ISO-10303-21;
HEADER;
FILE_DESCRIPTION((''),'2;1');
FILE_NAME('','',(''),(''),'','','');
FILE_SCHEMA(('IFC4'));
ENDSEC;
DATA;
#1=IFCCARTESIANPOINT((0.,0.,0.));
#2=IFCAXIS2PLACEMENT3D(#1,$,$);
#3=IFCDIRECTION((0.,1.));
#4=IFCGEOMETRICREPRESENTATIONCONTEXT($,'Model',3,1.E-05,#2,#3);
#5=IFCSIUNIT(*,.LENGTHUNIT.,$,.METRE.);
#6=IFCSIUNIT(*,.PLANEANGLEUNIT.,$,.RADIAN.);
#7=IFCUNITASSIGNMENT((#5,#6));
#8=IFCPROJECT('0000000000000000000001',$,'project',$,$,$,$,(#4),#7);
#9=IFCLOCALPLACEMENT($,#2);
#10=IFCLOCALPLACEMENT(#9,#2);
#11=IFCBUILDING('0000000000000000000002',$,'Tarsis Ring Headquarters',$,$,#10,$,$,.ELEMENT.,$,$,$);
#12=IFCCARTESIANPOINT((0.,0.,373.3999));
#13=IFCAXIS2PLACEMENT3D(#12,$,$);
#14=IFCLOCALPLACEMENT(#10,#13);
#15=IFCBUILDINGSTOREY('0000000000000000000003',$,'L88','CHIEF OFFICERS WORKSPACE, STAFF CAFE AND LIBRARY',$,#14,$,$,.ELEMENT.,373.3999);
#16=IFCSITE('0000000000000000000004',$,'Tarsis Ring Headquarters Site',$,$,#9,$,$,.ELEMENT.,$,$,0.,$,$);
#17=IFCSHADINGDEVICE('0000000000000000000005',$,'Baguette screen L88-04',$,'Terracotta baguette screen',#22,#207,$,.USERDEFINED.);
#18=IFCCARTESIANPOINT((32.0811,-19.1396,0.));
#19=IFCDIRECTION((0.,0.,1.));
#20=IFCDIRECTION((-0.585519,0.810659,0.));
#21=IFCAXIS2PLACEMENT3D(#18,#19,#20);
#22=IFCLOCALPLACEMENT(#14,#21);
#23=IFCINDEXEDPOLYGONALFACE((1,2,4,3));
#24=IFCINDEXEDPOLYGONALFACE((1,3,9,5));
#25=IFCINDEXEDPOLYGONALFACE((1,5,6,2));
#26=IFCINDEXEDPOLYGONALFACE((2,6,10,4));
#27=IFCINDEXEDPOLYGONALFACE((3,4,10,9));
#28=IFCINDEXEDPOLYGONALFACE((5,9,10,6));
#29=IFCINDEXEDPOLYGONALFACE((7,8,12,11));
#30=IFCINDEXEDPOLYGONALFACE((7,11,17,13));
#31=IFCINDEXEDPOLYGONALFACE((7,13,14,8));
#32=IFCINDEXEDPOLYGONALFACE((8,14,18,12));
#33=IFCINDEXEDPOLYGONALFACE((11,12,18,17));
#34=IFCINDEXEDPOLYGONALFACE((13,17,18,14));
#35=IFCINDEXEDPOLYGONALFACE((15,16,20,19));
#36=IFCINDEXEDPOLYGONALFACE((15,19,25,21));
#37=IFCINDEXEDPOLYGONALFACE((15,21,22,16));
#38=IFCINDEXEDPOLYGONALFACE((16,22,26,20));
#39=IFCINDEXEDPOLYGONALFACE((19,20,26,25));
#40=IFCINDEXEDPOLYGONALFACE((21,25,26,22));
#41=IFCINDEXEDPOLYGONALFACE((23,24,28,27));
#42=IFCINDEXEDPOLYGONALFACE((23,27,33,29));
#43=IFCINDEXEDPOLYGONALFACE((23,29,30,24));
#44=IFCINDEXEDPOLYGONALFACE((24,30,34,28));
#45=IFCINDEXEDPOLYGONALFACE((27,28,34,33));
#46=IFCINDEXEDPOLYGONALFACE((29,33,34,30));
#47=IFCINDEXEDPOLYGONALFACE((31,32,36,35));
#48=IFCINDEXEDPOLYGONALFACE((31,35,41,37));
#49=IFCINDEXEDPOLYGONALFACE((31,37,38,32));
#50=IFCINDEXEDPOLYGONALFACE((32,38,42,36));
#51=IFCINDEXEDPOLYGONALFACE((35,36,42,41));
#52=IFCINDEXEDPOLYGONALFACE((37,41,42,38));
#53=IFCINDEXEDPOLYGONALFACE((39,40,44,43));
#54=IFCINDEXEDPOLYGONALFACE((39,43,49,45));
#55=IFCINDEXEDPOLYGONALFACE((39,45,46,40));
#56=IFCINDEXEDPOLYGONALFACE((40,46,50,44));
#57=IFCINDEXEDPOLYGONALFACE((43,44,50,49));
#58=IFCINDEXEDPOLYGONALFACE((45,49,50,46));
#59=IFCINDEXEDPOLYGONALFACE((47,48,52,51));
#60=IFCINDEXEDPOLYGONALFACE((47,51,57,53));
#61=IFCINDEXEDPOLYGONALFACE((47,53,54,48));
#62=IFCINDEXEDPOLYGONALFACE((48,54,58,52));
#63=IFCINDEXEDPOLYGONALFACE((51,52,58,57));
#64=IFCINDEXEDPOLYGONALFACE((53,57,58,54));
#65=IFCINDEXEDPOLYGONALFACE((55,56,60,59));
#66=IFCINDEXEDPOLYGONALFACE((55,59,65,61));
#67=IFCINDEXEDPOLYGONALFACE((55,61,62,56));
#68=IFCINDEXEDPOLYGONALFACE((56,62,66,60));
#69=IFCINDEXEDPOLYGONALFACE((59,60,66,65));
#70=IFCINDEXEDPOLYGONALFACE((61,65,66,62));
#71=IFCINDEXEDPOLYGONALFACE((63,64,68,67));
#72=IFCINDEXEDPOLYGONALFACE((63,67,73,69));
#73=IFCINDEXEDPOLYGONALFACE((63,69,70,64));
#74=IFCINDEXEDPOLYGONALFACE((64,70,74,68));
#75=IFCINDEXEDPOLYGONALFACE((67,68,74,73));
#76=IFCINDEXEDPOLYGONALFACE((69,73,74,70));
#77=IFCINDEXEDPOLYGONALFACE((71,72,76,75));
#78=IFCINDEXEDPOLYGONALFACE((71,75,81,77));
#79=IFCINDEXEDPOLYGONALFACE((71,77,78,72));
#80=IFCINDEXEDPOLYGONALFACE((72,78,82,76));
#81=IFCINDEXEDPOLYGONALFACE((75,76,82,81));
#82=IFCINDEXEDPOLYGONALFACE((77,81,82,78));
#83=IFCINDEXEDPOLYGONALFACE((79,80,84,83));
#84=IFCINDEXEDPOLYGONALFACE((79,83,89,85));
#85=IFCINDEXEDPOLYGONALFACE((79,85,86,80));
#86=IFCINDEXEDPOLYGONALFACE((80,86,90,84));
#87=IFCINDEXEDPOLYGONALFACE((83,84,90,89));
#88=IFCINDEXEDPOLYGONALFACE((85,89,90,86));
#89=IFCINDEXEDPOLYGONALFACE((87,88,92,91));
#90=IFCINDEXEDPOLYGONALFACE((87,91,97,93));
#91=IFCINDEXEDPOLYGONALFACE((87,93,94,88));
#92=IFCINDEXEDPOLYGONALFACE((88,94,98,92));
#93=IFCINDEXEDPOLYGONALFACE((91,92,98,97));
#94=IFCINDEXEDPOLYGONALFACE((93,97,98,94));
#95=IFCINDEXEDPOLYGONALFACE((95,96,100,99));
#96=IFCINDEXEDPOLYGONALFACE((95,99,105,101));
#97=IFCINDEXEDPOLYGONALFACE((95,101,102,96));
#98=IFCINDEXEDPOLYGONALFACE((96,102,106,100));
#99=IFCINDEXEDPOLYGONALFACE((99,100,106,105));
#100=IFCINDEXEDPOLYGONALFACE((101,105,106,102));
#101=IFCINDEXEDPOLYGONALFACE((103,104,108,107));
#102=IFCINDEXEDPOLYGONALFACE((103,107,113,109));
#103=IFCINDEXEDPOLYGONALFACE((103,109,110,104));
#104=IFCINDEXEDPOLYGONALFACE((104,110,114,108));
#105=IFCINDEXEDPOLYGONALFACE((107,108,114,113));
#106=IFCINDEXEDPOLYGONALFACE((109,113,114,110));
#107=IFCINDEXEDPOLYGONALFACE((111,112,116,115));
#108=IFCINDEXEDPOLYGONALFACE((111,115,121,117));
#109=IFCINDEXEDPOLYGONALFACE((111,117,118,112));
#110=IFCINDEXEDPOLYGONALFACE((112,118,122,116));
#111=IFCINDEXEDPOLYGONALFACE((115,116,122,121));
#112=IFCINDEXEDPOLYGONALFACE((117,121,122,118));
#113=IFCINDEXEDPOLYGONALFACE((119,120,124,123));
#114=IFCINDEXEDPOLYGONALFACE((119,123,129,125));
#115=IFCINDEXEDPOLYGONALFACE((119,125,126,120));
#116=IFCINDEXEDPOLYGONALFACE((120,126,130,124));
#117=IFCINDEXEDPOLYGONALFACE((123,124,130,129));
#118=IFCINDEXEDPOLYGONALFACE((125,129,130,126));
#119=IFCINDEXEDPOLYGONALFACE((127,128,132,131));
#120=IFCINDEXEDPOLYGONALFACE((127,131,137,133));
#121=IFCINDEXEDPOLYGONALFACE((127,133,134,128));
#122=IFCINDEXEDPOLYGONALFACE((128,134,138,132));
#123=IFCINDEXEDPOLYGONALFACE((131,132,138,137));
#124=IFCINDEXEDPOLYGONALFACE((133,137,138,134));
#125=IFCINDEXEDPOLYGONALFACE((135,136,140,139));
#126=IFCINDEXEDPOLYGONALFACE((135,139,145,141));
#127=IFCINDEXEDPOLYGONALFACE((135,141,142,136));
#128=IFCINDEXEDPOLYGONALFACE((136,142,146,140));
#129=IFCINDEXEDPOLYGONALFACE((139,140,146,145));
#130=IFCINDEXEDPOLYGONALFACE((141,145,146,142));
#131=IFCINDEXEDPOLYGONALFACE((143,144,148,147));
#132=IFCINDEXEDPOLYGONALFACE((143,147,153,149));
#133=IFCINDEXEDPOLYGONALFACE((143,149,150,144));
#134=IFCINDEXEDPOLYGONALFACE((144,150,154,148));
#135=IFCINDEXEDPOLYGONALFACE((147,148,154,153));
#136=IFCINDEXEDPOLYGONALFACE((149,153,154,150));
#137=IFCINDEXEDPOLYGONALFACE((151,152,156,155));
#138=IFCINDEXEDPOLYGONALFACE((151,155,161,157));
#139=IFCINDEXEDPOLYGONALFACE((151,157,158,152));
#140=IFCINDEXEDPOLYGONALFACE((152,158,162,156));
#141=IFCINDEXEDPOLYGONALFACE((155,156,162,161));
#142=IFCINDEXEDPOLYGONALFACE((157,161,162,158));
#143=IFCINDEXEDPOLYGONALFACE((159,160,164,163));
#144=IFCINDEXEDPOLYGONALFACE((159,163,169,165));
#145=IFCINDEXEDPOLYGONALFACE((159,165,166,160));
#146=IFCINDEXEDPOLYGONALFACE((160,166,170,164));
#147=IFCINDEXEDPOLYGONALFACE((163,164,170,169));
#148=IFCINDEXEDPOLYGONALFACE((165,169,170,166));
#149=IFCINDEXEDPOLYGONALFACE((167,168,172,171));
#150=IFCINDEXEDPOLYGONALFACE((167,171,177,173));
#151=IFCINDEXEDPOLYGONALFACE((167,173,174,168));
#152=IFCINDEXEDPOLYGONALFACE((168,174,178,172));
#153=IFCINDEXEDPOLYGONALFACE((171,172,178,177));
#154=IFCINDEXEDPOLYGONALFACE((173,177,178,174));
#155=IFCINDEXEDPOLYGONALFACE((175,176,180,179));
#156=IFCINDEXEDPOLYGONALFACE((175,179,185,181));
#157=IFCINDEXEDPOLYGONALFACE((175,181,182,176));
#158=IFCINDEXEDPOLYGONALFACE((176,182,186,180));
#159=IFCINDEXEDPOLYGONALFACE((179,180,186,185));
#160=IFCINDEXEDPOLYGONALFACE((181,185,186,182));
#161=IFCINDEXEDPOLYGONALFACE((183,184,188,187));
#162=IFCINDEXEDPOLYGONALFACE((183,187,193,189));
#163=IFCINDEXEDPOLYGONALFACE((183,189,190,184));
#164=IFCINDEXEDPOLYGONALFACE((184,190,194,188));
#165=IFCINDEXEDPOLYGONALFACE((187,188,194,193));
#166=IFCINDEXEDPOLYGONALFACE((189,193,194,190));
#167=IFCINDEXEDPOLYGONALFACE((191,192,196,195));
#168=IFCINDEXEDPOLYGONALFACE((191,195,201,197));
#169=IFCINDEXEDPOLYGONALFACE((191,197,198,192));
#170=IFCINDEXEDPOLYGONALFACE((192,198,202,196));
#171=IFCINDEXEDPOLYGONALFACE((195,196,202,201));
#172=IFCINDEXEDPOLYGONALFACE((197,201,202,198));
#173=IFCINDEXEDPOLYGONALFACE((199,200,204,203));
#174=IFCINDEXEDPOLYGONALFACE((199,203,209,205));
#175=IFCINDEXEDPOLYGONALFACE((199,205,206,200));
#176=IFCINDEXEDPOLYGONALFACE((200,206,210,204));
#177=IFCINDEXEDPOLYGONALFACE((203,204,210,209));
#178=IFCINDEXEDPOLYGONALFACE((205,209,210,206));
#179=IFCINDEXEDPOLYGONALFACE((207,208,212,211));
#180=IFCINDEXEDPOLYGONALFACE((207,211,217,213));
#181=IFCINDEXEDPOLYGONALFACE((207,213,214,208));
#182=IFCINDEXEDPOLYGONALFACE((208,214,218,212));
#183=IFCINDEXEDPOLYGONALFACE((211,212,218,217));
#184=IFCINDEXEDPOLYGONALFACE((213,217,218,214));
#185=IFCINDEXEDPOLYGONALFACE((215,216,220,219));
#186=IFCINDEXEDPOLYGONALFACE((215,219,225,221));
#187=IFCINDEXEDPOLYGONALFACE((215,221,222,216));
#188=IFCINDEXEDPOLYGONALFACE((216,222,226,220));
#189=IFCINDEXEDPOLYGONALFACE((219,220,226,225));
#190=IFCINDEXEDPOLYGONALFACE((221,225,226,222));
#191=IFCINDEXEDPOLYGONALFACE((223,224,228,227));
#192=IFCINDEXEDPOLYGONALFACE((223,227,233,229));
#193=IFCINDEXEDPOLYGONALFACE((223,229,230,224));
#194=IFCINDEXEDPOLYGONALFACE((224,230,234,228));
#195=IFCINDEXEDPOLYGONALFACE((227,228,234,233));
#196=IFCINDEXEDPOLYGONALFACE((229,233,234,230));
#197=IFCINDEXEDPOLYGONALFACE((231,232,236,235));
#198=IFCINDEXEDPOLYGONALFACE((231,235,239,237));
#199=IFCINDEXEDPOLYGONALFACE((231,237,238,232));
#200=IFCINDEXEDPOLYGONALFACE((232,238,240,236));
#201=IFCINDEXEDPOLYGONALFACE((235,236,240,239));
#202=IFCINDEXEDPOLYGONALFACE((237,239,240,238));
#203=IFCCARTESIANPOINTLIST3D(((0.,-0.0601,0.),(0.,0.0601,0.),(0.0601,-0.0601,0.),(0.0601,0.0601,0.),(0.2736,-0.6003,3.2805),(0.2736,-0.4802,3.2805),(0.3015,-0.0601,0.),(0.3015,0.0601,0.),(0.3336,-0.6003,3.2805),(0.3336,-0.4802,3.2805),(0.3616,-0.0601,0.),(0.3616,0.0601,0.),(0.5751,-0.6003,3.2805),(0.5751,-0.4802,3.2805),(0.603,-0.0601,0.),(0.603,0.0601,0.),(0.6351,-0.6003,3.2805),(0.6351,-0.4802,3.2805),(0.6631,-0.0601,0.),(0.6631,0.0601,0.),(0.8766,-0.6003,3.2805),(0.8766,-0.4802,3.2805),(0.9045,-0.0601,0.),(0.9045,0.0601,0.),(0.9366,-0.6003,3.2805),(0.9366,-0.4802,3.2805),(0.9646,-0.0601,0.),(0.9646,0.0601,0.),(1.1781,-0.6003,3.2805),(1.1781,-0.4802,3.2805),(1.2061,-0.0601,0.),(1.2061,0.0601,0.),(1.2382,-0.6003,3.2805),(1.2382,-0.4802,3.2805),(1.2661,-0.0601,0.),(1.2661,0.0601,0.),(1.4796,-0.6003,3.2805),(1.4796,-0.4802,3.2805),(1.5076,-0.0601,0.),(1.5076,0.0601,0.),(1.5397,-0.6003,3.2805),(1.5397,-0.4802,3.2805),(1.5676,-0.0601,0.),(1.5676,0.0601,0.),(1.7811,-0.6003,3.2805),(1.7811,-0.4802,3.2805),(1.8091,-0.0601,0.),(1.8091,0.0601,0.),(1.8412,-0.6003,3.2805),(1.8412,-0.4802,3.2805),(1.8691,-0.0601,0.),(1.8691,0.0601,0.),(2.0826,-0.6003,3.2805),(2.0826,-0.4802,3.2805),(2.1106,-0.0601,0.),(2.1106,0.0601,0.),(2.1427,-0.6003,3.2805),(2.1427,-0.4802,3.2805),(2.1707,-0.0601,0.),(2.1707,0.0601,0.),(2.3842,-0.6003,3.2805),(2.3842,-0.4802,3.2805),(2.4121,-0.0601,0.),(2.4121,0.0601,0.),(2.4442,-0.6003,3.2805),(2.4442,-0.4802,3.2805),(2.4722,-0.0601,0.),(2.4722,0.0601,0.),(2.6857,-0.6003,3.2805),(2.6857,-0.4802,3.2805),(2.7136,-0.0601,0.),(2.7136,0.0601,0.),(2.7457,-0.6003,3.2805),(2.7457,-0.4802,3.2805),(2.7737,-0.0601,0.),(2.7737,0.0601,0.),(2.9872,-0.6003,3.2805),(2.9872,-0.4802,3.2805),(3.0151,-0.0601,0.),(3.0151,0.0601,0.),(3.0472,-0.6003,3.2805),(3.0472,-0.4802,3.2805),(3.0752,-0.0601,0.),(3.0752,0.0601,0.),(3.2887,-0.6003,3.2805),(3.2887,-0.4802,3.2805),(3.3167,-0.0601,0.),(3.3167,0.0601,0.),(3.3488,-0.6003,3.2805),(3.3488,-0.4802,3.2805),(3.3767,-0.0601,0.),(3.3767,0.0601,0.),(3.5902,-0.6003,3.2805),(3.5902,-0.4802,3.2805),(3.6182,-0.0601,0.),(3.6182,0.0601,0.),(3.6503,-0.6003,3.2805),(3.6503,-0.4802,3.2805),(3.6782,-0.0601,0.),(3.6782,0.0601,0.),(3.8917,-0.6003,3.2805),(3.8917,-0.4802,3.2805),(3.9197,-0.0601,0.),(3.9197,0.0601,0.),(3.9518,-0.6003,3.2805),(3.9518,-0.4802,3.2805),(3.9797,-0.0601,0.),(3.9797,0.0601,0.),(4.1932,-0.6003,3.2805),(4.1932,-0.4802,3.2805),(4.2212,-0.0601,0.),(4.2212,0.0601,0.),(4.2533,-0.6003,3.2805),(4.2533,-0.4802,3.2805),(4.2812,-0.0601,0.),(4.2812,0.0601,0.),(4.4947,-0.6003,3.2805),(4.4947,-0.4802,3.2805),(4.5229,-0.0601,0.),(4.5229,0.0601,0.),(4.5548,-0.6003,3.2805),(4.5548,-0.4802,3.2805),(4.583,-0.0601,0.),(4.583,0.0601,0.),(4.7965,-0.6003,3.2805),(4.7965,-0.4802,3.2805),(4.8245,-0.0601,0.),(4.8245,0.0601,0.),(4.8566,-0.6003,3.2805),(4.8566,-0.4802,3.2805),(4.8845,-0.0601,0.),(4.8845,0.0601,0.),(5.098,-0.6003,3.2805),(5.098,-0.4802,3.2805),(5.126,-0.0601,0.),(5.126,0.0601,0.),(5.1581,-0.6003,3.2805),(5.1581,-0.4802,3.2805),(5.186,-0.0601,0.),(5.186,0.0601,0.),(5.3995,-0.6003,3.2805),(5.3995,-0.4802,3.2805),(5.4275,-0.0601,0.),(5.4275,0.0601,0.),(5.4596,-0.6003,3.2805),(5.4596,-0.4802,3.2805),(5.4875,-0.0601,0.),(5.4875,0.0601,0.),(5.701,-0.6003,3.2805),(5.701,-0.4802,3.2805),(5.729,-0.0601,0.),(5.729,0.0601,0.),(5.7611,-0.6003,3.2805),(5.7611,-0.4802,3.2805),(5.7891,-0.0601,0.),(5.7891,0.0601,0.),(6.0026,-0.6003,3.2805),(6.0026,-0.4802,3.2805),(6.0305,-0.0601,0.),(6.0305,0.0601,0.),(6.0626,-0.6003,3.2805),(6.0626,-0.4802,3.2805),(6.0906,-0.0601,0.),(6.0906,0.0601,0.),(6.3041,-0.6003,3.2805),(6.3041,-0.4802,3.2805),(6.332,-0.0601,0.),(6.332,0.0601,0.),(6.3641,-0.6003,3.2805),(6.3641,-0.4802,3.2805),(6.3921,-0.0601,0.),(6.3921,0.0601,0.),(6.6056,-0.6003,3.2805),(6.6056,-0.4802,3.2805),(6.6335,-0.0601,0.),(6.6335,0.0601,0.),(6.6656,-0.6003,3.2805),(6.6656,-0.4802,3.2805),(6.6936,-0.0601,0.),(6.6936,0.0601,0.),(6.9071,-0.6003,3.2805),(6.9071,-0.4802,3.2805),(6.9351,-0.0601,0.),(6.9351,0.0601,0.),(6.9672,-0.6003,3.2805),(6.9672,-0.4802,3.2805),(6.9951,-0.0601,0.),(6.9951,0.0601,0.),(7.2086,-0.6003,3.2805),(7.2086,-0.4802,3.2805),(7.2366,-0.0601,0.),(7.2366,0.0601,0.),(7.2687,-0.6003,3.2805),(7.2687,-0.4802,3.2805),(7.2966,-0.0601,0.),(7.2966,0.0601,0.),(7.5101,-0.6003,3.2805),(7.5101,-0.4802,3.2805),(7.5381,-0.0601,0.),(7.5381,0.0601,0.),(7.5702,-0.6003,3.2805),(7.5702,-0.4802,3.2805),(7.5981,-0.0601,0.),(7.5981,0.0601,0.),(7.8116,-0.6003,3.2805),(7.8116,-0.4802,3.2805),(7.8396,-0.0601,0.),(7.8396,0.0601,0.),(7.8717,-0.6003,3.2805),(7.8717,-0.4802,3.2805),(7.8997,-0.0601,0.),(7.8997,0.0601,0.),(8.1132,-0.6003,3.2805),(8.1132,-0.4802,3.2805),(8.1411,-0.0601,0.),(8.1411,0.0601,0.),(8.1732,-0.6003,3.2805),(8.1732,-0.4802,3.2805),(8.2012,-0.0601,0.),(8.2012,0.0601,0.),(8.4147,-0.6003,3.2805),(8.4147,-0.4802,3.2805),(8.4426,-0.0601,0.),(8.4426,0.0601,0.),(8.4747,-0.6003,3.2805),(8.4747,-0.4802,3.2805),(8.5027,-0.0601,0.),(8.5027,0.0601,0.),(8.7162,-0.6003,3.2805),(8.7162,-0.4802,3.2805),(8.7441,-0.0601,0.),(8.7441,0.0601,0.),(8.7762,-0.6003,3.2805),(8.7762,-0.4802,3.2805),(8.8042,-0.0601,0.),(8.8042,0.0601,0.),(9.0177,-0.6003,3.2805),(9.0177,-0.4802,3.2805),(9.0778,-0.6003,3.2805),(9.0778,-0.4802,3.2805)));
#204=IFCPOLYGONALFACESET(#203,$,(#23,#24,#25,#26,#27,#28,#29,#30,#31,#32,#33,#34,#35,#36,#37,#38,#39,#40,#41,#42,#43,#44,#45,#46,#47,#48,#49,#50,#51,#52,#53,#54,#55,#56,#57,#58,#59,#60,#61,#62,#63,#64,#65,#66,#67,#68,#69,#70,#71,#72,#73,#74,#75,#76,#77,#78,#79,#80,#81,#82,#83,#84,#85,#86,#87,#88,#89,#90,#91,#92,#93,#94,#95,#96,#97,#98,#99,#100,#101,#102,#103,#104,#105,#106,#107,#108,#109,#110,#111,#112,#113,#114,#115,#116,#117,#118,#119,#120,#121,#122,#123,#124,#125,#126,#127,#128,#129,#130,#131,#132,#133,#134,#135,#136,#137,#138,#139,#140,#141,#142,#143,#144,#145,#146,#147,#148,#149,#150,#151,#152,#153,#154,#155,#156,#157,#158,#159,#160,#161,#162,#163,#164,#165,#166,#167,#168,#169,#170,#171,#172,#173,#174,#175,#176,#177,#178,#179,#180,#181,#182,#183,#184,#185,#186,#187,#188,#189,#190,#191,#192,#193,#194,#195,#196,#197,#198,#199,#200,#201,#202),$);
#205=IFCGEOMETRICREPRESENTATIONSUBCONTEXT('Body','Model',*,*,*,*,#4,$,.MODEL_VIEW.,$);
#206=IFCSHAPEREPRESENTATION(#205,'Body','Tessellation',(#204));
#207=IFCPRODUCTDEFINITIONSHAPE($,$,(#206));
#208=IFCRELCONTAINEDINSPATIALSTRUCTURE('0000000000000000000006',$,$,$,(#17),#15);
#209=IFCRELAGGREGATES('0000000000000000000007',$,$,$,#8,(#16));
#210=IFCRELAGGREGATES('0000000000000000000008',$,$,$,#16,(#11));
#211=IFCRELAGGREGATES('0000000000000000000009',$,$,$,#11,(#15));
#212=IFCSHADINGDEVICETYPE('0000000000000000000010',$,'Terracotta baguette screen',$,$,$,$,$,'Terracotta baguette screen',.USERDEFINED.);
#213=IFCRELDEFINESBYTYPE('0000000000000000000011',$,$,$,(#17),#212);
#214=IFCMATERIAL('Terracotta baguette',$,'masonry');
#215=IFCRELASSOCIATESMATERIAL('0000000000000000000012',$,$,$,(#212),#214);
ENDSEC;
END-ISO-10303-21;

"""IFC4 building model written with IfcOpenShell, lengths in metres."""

from ifc_helpers import new_model, si_unit, direction, frame, frame_2d, origin, place, context, subcontext, project, spatial, rectangle, composite_profile, extrude, material, type_object, element, save


model = new_model("IFC4")

# Units and contexts
model_context = context("Model", 3, precision=1e-05, world=origin(), true_north=direction((0.0, 1.0)))
body_context = subcontext(model_context, "Body", "Model", "MODEL_VIEW")
ifc_project = project(units=[si_unit("LENGTHUNIT", "METRE"), si_unit("PLANEANGLEUNIT", "RADIAN")], contexts=[model_context])

# Site, building, storey
site_placement = place(None, origin())
site = spatial("IfcSite", under=ifc_project, at=site_placement, Name="Tarsis Ring Headquarters Site", CompositionType="ELEMENT", RefElevation=0.0)
building_placement = place(site_placement, origin())
building = spatial("IfcBuilding", under=site, at=building_placement, Name="Tarsis Ring Headquarters", CompositionType="ELEMENT")
storey_placement = place(building_placement, frame((0.0, 0.0, 373.3999)))
storey = spatial("IfcBuildingStorey", under=building, at=storey_placement, Name="L88", Description="CHIEF OFFICERS WORKSPACE, STAFF CAFE AND LIBRARY", CompositionType="ELEMENT", Elevation=373.3999)

# Shading device
ifc_material_1 = material(Name="Terracotta baguette", Category="masonry")
shading_device_type_1 = type_object("IfcShadingDeviceType", Name="Terracotta baguette screen", ElementType="Terracotta baguette screen", PredefinedType="USERDEFINED", material=ifc_material_1)
shading_device_placement = place(storey_placement, frame((32.0811, -19.1396, 0.0), z_axis=(0.0, 0.0, 1.0), x_axis=(-0.585519, 0.810659, 0.0)))
element("IfcShadingDevice", 1, at=shading_device_placement, inside=storey, type_object=shading_device_type_1, Name="Baguette screen L88-04", ObjectType="Terracotta baguette screen", PredefinedType="USERDEFINED", context=body_context, shape_type="SweptSolid", body=[
    extrude(composite_profile([rectangle(XDim=0.0601, YDim=0.1201, at=frame_2d((0.03, 0.0))), rectangle(XDim=0.0601, YDim=0.1201, at=frame_2d((0.3315, 0.0))), rectangle(XDim=0.0601, YDim=0.1201, at=frame_2d((0.6331, 0.0))), rectangle(XDim=0.0601, YDim=0.1201, at=frame_2d((0.9346, 0.0))), rectangle(XDim=0.0601, YDim=0.1201, at=frame_2d((1.2361, 0.0))), rectangle(XDim=0.0601, YDim=0.1201, at=frame_2d((1.5376, 0.0))), rectangle(XDim=0.0601, YDim=0.1201, at=frame_2d((1.8391, 0.0))), rectangle(XDim=0.0601, YDim=0.1201, at=frame_2d((2.1406, 0.0))), rectangle(XDim=0.0601, YDim=0.1201, at=frame_2d((2.4421, 0.0))), rectangle(XDim=0.0601, YDim=0.1201, at=frame_2d((2.7437, 0.0))), rectangle(XDim=0.0601, YDim=0.1201, at=frame_2d((3.0452, 0.0))), rectangle(XDim=0.0601, YDim=0.1201, at=frame_2d((3.3467, 0.0))), rectangle(XDim=0.0601, YDim=0.1201, at=frame_2d((3.6482, 0.0))), rectangle(XDim=0.0601, YDim=0.1201, at=frame_2d((3.9497, 0.0))), rectangle(XDim=0.0601, YDim=0.1201, at=frame_2d((4.2512, 0.0))), rectangle(XDim=0.0601, YDim=0.1201, at=frame_2d((4.553, 0.0))), rectangle(XDim=0.0601, YDim=0.1201, at=frame_2d((4.8545, 0.0))), rectangle(XDim=0.0601, YDim=0.1201, at=frame_2d((5.156, 0.0))), rectangle(XDim=0.0601, YDim=0.1201, at=frame_2d((5.4575, 0.0))), rectangle(XDim=0.0601, YDim=0.1201, at=frame_2d((5.759, 0.0))), rectangle(XDim=0.0601, YDim=0.1201, at=frame_2d((6.0605, 0.0))), rectangle(XDim=0.0601, YDim=0.1201, at=frame_2d((6.3621, 0.0))), rectangle(XDim=0.0601, YDim=0.1201, at=frame_2d((6.6636, 0.0))), rectangle(XDim=0.0601, YDim=0.1201, at=frame_2d((6.9651, 0.0))), rectangle(XDim=0.0601, YDim=0.1201, at=frame_2d((7.2666, 0.0))), rectangle(XDim=0.0601, YDim=0.1201, at=frame_2d((7.5681, 0.0))), rectangle(XDim=0.0601, YDim=0.1201, at=frame_2d((7.8696, 0.0))), rectangle(XDim=0.0601, YDim=0.1201, at=frame_2d((8.1711, 0.0))), rectangle(XDim=0.0601, YDim=0.1201, at=frame_2d((8.4727, 0.0))), rectangle(XDim=0.0601, YDim=0.1201, at=frame_2d((8.7742, 0.0)))]), origin(), (0.082003, -0.161939, 0.983388), 3.3359),
])

save(model, "model.ifc")
